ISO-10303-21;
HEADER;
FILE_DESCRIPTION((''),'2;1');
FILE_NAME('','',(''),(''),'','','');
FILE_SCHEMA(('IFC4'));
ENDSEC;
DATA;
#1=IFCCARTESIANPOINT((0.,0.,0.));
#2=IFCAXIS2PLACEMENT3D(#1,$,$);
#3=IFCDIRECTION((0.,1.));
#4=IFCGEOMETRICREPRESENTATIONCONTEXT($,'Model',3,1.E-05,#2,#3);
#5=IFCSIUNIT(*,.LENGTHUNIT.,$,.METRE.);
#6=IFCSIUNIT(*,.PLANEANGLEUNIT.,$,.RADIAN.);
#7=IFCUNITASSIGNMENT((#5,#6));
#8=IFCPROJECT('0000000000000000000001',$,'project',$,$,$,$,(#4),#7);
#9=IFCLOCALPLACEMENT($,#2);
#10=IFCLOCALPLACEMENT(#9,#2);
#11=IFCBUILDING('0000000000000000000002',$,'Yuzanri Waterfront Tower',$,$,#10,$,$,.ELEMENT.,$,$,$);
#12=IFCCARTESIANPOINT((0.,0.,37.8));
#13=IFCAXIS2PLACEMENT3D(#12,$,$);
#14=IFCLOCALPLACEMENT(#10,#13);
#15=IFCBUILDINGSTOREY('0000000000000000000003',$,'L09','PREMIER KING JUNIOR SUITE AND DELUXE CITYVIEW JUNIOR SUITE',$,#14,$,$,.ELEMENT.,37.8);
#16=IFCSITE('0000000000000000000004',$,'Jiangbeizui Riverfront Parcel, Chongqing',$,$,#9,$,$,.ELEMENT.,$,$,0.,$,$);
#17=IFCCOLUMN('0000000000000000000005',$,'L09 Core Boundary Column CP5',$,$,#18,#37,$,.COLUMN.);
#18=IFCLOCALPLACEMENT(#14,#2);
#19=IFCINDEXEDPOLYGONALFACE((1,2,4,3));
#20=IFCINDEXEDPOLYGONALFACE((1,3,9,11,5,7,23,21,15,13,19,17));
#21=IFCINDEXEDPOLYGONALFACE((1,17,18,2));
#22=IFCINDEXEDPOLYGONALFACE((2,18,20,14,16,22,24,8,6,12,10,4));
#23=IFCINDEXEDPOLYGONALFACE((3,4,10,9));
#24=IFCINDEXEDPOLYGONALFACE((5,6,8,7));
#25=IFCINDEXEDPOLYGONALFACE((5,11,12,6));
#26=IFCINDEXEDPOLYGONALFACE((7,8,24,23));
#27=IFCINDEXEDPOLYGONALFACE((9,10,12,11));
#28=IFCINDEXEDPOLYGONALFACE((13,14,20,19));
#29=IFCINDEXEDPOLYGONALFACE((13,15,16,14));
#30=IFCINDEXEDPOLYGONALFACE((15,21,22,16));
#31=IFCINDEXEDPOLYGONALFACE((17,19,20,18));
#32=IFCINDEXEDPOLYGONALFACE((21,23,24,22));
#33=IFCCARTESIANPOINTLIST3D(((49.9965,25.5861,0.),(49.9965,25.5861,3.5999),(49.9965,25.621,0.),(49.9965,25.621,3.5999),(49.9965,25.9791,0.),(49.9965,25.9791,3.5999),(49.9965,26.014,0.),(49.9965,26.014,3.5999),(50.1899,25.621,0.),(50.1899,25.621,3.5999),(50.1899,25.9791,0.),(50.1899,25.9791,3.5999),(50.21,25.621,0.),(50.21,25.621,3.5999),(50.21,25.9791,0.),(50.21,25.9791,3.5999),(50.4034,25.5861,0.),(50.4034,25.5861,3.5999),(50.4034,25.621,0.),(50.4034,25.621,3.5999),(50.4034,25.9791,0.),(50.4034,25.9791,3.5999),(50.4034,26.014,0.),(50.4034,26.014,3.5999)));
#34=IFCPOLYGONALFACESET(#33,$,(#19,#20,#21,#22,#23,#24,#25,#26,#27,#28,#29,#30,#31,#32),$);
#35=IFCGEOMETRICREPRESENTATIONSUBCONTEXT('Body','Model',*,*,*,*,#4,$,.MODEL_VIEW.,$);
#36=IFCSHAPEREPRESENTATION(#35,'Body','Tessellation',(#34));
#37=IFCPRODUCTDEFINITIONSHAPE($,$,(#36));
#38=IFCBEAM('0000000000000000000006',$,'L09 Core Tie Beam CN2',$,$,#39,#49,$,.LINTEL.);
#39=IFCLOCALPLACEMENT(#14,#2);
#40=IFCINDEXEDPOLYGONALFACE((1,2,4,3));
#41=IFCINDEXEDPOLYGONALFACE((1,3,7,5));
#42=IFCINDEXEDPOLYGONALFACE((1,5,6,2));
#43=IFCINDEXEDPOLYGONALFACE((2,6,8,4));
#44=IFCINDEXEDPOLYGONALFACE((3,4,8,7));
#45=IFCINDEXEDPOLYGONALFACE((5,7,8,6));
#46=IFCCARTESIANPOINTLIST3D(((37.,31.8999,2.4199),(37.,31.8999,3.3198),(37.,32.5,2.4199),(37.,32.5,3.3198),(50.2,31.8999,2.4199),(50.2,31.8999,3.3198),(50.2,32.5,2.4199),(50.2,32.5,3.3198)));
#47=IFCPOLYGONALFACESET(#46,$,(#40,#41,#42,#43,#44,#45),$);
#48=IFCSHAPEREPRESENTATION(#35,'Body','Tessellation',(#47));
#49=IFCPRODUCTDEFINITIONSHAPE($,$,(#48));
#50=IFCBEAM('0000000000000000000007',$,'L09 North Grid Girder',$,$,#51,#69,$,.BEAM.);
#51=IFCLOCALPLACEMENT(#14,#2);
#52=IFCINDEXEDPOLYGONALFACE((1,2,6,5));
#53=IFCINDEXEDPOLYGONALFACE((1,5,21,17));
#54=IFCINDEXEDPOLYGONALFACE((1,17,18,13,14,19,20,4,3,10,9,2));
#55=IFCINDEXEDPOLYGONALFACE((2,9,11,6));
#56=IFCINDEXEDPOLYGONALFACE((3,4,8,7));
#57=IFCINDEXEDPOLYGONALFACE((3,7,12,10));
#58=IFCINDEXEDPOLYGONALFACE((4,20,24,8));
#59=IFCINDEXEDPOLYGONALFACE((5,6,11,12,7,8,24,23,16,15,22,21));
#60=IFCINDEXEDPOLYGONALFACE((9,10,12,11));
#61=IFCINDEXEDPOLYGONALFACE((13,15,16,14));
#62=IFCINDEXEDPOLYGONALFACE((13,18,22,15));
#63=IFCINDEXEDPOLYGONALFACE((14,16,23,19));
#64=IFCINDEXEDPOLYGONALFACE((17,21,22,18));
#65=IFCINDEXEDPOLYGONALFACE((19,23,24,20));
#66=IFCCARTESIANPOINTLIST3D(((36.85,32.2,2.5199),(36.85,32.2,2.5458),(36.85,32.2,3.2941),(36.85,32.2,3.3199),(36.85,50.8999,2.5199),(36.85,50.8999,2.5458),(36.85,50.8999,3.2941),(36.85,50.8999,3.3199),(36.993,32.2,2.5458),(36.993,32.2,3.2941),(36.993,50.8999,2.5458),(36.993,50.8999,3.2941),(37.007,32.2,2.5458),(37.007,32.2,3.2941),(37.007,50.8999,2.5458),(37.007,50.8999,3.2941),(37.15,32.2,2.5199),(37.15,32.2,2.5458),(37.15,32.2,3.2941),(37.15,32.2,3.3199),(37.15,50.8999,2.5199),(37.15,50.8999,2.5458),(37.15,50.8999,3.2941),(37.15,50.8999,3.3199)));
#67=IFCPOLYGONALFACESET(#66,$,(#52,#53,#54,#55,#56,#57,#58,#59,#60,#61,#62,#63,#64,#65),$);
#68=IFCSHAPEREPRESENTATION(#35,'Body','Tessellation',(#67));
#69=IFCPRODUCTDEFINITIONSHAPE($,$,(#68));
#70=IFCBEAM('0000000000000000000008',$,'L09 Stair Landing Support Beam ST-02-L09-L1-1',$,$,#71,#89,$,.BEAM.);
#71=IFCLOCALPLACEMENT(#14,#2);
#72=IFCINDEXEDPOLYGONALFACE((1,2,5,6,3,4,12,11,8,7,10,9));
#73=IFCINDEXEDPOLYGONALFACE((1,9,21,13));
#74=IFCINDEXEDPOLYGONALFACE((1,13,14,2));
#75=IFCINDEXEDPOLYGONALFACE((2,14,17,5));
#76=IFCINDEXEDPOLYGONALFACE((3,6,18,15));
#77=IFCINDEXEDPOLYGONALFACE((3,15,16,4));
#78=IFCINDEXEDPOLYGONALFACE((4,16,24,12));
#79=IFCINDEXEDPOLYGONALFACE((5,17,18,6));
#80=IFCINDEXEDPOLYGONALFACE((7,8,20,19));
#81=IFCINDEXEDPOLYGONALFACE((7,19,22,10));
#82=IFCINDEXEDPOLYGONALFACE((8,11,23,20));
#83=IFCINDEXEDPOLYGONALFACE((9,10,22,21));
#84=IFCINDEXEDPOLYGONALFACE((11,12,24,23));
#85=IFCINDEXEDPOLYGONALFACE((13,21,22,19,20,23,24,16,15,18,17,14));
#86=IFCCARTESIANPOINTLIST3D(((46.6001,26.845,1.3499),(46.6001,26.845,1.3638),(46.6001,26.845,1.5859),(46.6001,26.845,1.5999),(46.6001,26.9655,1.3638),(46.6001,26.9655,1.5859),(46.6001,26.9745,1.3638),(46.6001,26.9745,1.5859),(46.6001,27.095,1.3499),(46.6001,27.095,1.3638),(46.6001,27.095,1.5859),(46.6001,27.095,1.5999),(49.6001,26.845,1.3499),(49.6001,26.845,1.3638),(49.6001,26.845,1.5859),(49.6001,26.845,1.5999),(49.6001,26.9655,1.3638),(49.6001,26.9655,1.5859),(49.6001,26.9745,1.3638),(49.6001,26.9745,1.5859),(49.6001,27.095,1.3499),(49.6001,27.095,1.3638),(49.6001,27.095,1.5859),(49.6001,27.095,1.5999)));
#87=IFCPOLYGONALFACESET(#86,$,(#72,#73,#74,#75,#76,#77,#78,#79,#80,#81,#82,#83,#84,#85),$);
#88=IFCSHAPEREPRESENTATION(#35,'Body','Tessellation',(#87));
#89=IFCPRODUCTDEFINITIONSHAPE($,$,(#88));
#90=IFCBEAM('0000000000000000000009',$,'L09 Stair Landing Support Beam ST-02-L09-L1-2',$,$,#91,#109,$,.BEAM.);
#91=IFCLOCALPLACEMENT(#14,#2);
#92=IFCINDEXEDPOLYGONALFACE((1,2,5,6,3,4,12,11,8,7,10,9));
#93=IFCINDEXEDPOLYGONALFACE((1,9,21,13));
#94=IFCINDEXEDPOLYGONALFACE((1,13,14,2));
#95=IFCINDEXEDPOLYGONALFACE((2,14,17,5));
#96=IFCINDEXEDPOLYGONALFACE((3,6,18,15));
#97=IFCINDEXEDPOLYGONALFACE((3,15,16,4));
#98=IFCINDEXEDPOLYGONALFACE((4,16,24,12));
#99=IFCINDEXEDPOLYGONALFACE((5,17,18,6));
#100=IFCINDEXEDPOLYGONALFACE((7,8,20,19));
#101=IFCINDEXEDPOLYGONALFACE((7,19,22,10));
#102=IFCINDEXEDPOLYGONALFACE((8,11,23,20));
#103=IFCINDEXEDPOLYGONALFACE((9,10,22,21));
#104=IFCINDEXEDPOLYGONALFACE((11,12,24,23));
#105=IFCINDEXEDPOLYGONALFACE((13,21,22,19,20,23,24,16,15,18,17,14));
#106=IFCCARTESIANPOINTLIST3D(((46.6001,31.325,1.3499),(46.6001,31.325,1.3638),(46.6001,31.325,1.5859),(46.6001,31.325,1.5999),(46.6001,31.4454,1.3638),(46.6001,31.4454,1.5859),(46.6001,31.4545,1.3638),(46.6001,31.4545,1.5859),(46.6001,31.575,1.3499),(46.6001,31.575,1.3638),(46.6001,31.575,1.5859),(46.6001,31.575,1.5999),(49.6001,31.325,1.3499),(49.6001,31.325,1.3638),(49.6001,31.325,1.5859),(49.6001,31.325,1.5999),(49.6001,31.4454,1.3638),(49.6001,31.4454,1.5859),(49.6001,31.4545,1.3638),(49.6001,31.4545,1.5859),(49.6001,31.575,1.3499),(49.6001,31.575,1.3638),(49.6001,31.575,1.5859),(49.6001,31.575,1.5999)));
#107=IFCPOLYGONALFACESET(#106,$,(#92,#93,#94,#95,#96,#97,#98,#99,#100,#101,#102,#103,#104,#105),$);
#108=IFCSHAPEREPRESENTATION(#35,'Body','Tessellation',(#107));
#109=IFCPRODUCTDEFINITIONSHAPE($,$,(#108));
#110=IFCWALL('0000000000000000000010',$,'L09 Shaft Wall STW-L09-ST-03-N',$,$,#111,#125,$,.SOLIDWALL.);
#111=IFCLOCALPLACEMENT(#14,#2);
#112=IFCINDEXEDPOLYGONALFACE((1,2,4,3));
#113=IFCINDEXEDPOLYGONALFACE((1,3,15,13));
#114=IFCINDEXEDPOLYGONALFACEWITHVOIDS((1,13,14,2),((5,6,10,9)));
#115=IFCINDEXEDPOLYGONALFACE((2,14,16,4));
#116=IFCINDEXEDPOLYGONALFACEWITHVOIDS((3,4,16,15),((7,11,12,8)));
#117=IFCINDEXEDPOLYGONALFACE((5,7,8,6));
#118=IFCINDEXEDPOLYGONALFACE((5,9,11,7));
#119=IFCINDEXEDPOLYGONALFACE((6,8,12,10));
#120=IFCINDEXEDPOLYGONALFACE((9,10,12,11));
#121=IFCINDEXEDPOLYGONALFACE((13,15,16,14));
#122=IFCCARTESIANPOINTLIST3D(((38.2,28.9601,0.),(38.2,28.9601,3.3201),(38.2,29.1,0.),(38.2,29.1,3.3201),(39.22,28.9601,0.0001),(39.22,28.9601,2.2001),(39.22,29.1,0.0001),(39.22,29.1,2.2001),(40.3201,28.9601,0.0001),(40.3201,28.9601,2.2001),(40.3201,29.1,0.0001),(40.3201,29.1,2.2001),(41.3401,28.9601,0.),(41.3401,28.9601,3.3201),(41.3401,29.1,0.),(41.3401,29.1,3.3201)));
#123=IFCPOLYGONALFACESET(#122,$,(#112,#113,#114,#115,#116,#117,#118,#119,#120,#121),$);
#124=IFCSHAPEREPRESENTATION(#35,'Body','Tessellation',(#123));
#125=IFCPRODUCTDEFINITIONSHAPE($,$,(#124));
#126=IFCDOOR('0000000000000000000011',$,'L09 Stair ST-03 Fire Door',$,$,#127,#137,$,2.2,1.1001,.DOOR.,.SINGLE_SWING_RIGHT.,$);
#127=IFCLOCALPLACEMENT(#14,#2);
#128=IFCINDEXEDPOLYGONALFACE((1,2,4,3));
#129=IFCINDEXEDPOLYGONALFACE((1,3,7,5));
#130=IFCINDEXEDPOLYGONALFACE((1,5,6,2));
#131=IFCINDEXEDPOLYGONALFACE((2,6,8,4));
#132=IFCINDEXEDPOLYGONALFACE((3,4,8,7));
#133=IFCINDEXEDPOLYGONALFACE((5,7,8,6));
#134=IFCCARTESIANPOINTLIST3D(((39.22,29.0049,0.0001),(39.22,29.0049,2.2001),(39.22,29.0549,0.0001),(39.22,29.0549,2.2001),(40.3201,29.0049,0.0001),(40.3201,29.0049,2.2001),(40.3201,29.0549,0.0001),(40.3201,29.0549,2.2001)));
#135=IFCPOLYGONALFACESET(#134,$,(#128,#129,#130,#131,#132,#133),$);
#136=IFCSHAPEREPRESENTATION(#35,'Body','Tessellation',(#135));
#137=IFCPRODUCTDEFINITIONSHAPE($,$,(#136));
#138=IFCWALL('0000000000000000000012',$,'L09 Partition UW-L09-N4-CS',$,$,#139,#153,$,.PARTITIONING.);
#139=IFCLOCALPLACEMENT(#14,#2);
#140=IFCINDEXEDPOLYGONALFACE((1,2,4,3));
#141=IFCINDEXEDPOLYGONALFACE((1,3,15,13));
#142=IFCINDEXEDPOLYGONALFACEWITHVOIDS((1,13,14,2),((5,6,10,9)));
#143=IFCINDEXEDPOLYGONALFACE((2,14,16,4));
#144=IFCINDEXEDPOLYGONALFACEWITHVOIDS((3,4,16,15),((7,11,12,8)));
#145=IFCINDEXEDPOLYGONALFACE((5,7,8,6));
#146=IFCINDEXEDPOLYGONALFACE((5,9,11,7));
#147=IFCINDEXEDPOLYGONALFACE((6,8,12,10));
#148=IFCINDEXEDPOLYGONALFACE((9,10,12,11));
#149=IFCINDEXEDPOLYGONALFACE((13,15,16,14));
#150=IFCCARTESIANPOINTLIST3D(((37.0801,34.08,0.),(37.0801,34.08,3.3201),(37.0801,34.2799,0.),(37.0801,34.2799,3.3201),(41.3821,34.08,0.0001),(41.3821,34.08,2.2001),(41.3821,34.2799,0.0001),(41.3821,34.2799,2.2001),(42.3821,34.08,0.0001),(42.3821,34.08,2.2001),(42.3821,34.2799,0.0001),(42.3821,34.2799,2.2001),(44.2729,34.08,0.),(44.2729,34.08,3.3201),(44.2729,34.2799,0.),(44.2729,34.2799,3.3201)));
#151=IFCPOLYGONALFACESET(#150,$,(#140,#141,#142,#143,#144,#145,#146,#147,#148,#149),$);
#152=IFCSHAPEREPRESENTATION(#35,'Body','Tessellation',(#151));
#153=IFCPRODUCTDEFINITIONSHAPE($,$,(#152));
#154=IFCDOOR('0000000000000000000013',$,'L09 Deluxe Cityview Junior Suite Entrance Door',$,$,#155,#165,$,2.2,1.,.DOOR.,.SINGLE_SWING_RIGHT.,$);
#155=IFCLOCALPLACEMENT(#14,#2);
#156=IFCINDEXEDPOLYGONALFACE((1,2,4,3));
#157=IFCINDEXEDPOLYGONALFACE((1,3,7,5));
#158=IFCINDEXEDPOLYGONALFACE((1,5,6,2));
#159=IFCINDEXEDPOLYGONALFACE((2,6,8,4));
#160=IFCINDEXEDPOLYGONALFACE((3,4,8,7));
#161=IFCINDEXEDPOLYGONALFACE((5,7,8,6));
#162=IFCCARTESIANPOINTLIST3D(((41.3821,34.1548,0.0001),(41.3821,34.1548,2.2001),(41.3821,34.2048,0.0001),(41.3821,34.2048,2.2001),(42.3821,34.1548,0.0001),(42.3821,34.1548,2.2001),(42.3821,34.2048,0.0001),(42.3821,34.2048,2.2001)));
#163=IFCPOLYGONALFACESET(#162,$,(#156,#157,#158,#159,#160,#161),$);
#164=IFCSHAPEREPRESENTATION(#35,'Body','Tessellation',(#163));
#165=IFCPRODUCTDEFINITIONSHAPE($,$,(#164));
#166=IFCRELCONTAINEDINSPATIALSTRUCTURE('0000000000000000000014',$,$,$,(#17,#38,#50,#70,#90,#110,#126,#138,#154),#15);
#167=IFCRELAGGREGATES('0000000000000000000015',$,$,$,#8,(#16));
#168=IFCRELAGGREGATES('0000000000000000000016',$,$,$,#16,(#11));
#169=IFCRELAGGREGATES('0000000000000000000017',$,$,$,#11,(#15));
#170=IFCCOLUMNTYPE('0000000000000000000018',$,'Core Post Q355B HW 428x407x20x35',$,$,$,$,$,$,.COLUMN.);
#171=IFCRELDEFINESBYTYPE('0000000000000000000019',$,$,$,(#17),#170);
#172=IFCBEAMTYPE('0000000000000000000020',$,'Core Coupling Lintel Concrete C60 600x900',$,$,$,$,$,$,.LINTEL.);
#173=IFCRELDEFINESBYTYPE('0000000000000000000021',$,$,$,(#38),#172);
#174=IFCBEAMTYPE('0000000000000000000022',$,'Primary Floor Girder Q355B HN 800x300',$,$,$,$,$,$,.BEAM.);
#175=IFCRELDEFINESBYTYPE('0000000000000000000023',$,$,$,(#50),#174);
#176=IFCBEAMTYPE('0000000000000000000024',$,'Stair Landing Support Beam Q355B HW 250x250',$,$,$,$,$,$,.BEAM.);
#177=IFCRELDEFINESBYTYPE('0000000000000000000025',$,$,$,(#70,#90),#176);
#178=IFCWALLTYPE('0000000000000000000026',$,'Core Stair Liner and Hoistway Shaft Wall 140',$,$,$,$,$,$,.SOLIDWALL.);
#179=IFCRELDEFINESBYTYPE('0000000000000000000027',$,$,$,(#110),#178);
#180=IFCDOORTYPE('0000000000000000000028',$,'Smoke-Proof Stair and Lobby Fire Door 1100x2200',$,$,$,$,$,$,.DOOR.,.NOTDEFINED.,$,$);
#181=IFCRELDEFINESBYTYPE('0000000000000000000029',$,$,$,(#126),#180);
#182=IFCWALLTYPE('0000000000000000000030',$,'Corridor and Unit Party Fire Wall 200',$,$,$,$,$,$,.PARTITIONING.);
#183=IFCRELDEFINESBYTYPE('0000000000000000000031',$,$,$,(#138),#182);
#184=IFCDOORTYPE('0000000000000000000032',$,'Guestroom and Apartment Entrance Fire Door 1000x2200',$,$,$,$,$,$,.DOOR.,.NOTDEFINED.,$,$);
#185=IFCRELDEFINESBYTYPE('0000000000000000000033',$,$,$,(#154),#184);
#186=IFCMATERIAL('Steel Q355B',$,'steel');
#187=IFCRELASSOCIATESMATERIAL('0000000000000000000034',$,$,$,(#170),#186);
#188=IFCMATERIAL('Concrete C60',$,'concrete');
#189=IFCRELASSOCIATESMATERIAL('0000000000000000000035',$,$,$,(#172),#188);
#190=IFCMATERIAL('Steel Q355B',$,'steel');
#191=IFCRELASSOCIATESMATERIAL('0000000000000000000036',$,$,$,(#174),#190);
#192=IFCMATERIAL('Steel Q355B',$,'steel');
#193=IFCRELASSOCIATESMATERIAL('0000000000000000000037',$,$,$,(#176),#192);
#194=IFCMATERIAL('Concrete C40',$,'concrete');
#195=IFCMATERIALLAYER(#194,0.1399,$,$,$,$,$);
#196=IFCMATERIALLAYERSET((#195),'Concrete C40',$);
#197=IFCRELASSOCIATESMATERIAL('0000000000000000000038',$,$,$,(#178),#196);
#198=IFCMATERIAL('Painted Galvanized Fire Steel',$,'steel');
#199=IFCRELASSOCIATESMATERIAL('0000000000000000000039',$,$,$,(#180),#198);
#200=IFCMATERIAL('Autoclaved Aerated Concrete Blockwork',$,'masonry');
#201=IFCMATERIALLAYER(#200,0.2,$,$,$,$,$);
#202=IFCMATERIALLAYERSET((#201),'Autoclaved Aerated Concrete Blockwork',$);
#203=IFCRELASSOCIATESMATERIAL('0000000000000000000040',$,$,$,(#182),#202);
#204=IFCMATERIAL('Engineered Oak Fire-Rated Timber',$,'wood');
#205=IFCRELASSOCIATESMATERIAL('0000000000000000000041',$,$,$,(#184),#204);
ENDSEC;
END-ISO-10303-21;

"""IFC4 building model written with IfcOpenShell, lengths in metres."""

from ifc_helpers import new_model, si_unit, direction, frame, frame_2d, origin, origin_2d, place, context, subcontext, project, spatial, rectangle, i_section, extrude, source, transform, mapped, material, layer, layer_set, material_profile, profile_set, type_object, element, fill, save


model = new_model("IFC4")

# Units and contexts
model_context = context("Model", 3, precision=1e-05, world=origin(), true_north=direction((0.0, 1.0)))
body_context = subcontext(model_context, "Body", "Model", "MODEL_VIEW")
ifc_project = project(units=[si_unit("LENGTHUNIT", "METRE"), si_unit("PLANEANGLEUNIT", "RADIAN")], contexts=[model_context])

# Site, building, storey
site_placement = place(None, origin())
site = spatial("IfcSite", under=ifc_project, at=site_placement, Name="Jiangbeizui Riverfront Parcel, Chongqing", CompositionType="ELEMENT", RefElevation=0.0)
building_placement = place(site_placement, origin())
building = spatial("IfcBuilding", under=site, at=building_placement, Name="Yuzanri Waterfront Tower", CompositionType="ELEMENT")
storey_placement = place(building_placement, frame((0.0, 0.0, 37.8)))
storey = spatial("IfcBuildingStorey", under=building, at=storey_placement, Name="L09", Description="PREMIER KING JUNIOR SUITE AND DELUXE CITYVIEW JUNIOR SUITE", CompositionType="ELEMENT", Elevation=37.8)

# Column
ifc_material_1 = material(Name="Steel Q355B", Category="steel")
ifc_material_profile_1 = material_profile(ifc_material_1, i_section(OverallWidth=0.407, OverallDepth=0.428, WebThickness=0.02, FlangeThickness=0.0349, at=origin_2d()), Name="HW 428x407x20x35")
ifc_profile_set_1 = profile_set([ifc_material_profile_1], Name="Steel Q355B")
column_type = type_object("IfcColumnType", Name="Core Post Q355B HW 428x407x20x35", PredefinedType="COLUMN", material=ifc_profile_set_1)
shared_shape_1 = source(origin(), body_context, "Body", "SweptSolid", [
    extrude(i_section(OverallWidth=0.407, OverallDepth=0.428, WebThickness=0.02, FlangeThickness=0.0349, at=origin_2d()), origin(), (0.0, 0.0, 1.0), 3.5999),
])
column_placement = place(storey_placement, frame((50.2, 25.8, 0.0), z_axis=(0.0, 0.0, 1.0), x_axis=(1.0, 0.0, 0.0)))
element("IfcColumn", 1, at=column_placement, inside=storey, type_object=column_type, Name="L09 Core Boundary Column CP5", PredefinedType="COLUMN", context=body_context, shape_type="MappedRepresentation", body=[
    mapped(shared_shape_1, transform((0.0, 0.0, 0.0), scale=1.0)),
])

# Beams
ifc_material_2 = material(Name="Concrete C60", Category="concrete")
ifc_material_profile_2 = material_profile(ifc_material_2, rectangle(XDim=0.6001, YDim=0.8999, at=origin_2d()), Name="RC 600x900")
ifc_profile_set_2 = profile_set([ifc_material_profile_2], Name="Concrete C60")
beam_type_1 = type_object("IfcBeamType", Name="Core Coupling Lintel Concrete C60 600x900", PredefinedType="LINTEL", material=ifc_profile_set_2)
shared_shape_2 = source(origin(), body_context, "Body", "SweptSolid", [
    extrude(rectangle(XDim=0.6001, YDim=0.8999, at=origin_2d()), origin(), (0.0, 0.0, 1.0), 13.2),
])
beam_1_placement = place(storey_placement, frame((37.0, 32.2, 2.8699), z_axis=(1.0, 0.0, 0.0), x_axis=(0.0, 1.0, 0.0)))
element("IfcBeam", 2, at=beam_1_placement, inside=storey, type_object=beam_type_1, Name="L09 Core Tie Beam CN2", PredefinedType="LINTEL", context=body_context, shape_type="MappedRepresentation", body=[
    mapped(shared_shape_2, transform((0.0, 0.0, 0.0), scale=1.0)),
])
ifc_material_3 = material(Name="Steel Q355B", Category="steel")
ifc_material_profile_3 = material_profile(ifc_material_3, i_section(OverallWidth=0.3, OverallDepth=0.8, WebThickness=0.0139, FlangeThickness=0.0259, at=origin_2d()), Name="HN 800x300x14x26")
ifc_profile_set_3 = profile_set([ifc_material_profile_3], Name="Steel Q355B")
beam_type_2 = type_object("IfcBeamType", Name="Primary Floor Girder Q355B HN 800x300", PredefinedType="BEAM", material=ifc_profile_set_3)
shared_shape_3 = source(origin(), body_context, "Body", "SweptSolid", [
    extrude(i_section(OverallWidth=0.3, OverallDepth=0.8, WebThickness=0.0139, FlangeThickness=0.0259, at=origin_2d()), origin(), (0.0, 0.0, 1.0), 18.7),
])
beam_2_placement = place(storey_placement, frame((37.0, 32.2, 2.9199), z_axis=(0.0, 1.0, 0.0), x_axis=(-1.0, 0.0, 0.0)))
element("IfcBeam", 3, at=beam_2_placement, inside=storey, type_object=beam_type_2, Name="L09 North Grid Girder", PredefinedType="BEAM", context=body_context, shape_type="MappedRepresentation", body=[
    mapped(shared_shape_3, transform((0.0, 0.0, 0.0), scale=1.0)),
])
ifc_material_4 = material(Name="Steel Q355B", Category="steel")
ifc_material_profile_4 = material_profile(ifc_material_4, i_section(OverallWidth=0.25, OverallDepth=0.25, WebThickness=0.009, FlangeThickness=0.0139, at=origin_2d()), Name="HW 250x250x9x14")
ifc_profile_set_4 = profile_set([ifc_material_profile_4], Name="Steel Q355B")
beam_type_3 = type_object("IfcBeamType", Name="Stair Landing Support Beam Q355B HW 250x250", PredefinedType="BEAM", material=ifc_profile_set_4)
shared_shape_4 = source(origin(), body_context, "Body", "SweptSolid", [
    extrude(i_section(OverallWidth=0.25, OverallDepth=0.25, WebThickness=0.009, FlangeThickness=0.0139, at=origin_2d()), origin(), (0.0, 0.0, 1.0), 3.0),
])
for number, where, z_axis, x_axis, name in (
    (4, (46.6001, 26.97, 1.4749), (1.0, 0.0, 0.0), (0.0, 1.0, 0.0), "L09 Stair Landing Support Beam ST-02-L09-L1-1"),
    (5, (46.6001, 31.45, 1.4749), (1.0, 0.0, 0.0), (0.0, 1.0, 0.0), "L09 Stair Landing Support Beam ST-02-L09-L1-2"),
):
    element("IfcBeam", number, at=place(storey_placement, frame(where, z_axis=z_axis, x_axis=x_axis)), inside=storey, type_object=beam_type_3, Name=name, PredefinedType="BEAM", context=body_context, shape_type="MappedRepresentation", body=[
        mapped(shared_shape_4, transform((0.0, 0.0, 0.0), scale=1.0)),
    ])

# Walls, openings, doors
ifc_material_5 = material(Name="Concrete C40", Category="concrete")
ifc_layer_1 = layer(ifc_material_5, 0.1399)
ifc_layer_set_1 = layer_set([ifc_layer_1], Name="Concrete C40")
wall_type_1 = type_object("IfcWallType", Name="Core Stair Liner and Hoistway Shaft Wall 140", PredefinedType="SOLIDWALL", material=ifc_layer_set_1)
wall_1_placement = place(storey_placement, frame((38.2, 29.03, 0.0), z_axis=(0.0, 0.0, 1.0), x_axis=(1.0, 0.0, 0.0)))
wall_1 = element("IfcWall", 6, at=wall_1_placement, inside=storey, type_object=wall_type_1, Name="L09 Shaft Wall STW-L09-ST-03-N", PredefinedType="SOLIDWALL", context=body_context, shape_type="SweptSolid", body=[
    extrude(rectangle(XDim=3.1401, YDim=0.1399, at=frame_2d((1.5701, 0.0))), origin(), (0.0, 0.0, 1.0), 3.3201),
])
opening_1_placement = place(wall_1_placement, frame((1.02, 0.0, 0.0)))
opening_1 = element("IfcOpeningElement", 7, at=opening_1_placement, cuts=wall_1, PredefinedType="OPENING", context=body_context, shape_type="SweptSolid", body=[
    extrude(rectangle(XDim=1.1001, YDim=2.2, at=frame_2d((0.55, 1.1001))), frame((0.0, 0.085, 0.0), z_axis=(0.0, -1.0, 0.0), x_axis=(1.0, 0.0, 0.0)), (0.0, 0.0, 1.0), 0.1697),
])
ifc_material_6 = material(Name="Painted Galvanized Fire Steel", Category="steel")
door_type_1 = type_object("IfcDoorType", Name="Smoke-Proof Stair and Lobby Fire Door 1100x2200", OperationType="NOTDEFINED", PredefinedType="DOOR", material=ifc_material_6)
shared_shape_5 = source(origin(), body_context, "Body", "SweptSolid", [
    extrude(rectangle(XDim=1.1001, YDim=2.2, at=frame_2d((0.55, 1.1001))), frame((0.0, 0.0249, 0.0), z_axis=(0.0, -1.0, 0.0), x_axis=(1.0, 0.0, 0.0)), (0.0, 0.0, 1.0), 0.05),
])
door_1_placement = place(opening_1_placement, origin())
door_1 = element("IfcDoor", 8, at=door_1_placement, inside=storey, type_object=door_type_1, Name="L09 Stair ST-03 Fire Door", OperationType="SINGLE_SWING_RIGHT", OverallHeight=2.2, OverallWidth=1.1001, PredefinedType="DOOR", context=body_context, shape_type="MappedRepresentation", body=[
    mapped(shared_shape_5, transform((0.0, 0.0, 0.0), scale=1.0)),
])
fill(opening_1, door_1)
ifc_material_7 = material(Name="Autoclaved Aerated Concrete Blockwork", Category="masonry")
ifc_layer_2 = layer(ifc_material_7, 0.2)
ifc_layer_set_2 = layer_set([ifc_layer_2], Name="Autoclaved Aerated Concrete Blockwork")
wall_type_2 = type_object("IfcWallType", Name="Corridor and Unit Party Fire Wall 200", PredefinedType="PARTITIONING", material=ifc_layer_set_2)
wall_2_placement = place(storey_placement, frame((37.0801, 34.1799, 0.0), z_axis=(0.0, 0.0, 1.0), x_axis=(1.0, 0.0, 0.0)))
wall_2 = element("IfcWall", 9, at=wall_2_placement, inside=storey, type_object=wall_type_2, Name="L09 Partition UW-L09-N4-CS", PredefinedType="PARTITIONING", context=body_context, shape_type="SweptSolid", body=[
    extrude(rectangle(XDim=7.1929, YDim=0.2, at=frame_2d((3.5964, 0.0))), origin(), (0.0, 0.0, 1.0), 3.3201),
])
opening_2_placement = place(wall_2_placement, frame((4.302, 0.0, 0.0)))
opening_2 = element("IfcOpeningElement", 10, at=opening_2_placement, cuts=wall_2, PredefinedType="OPENING", context=body_context, shape_type="SweptSolid", body=[
    extrude(rectangle(XDim=1.0, YDim=2.2, at=frame_2d((0.5, 1.1001))), frame((0.0, 0.1147, 0.0), z_axis=(0.0, -1.0, 0.0), x_axis=(1.0, 0.0, 0.0)), (0.0, 0.0, 1.0), 0.2297),
])
ifc_material_8 = material(Name="Engineered Oak Fire-Rated Timber", Category="wood")
door_type_2 = type_object("IfcDoorType", Name="Guestroom and Apartment Entrance Fire Door 1000x2200", OperationType="NOTDEFINED", PredefinedType="DOOR", material=ifc_material_8)
shared_shape_6 = source(origin(), body_context, "Body", "SweptSolid", [
    extrude(rectangle(XDim=1.0, YDim=2.2, at=frame_2d((0.5, 1.1001))), frame((0.0, 0.0249, 0.0), z_axis=(0.0, -1.0, 0.0), x_axis=(1.0, 0.0, 0.0)), (0.0, 0.0, 1.0), 0.05),
])
door_2_placement = place(opening_2_placement, origin())
door_2 = element("IfcDoor", 11, at=door_2_placement, inside=storey, type_object=door_type_2, Name="L09 Deluxe Cityview Junior Suite Entrance Door", OperationType="SINGLE_SWING_RIGHT", OverallHeight=2.2, OverallWidth=1.0, PredefinedType="DOOR", context=body_context, shape_type="MappedRepresentation", body=[
    mapped(shared_shape_6, transform((0.0, 0.0, 0.0), scale=1.0)),
])
fill(opening_2, door_2)

save(model, "model.ifc")
